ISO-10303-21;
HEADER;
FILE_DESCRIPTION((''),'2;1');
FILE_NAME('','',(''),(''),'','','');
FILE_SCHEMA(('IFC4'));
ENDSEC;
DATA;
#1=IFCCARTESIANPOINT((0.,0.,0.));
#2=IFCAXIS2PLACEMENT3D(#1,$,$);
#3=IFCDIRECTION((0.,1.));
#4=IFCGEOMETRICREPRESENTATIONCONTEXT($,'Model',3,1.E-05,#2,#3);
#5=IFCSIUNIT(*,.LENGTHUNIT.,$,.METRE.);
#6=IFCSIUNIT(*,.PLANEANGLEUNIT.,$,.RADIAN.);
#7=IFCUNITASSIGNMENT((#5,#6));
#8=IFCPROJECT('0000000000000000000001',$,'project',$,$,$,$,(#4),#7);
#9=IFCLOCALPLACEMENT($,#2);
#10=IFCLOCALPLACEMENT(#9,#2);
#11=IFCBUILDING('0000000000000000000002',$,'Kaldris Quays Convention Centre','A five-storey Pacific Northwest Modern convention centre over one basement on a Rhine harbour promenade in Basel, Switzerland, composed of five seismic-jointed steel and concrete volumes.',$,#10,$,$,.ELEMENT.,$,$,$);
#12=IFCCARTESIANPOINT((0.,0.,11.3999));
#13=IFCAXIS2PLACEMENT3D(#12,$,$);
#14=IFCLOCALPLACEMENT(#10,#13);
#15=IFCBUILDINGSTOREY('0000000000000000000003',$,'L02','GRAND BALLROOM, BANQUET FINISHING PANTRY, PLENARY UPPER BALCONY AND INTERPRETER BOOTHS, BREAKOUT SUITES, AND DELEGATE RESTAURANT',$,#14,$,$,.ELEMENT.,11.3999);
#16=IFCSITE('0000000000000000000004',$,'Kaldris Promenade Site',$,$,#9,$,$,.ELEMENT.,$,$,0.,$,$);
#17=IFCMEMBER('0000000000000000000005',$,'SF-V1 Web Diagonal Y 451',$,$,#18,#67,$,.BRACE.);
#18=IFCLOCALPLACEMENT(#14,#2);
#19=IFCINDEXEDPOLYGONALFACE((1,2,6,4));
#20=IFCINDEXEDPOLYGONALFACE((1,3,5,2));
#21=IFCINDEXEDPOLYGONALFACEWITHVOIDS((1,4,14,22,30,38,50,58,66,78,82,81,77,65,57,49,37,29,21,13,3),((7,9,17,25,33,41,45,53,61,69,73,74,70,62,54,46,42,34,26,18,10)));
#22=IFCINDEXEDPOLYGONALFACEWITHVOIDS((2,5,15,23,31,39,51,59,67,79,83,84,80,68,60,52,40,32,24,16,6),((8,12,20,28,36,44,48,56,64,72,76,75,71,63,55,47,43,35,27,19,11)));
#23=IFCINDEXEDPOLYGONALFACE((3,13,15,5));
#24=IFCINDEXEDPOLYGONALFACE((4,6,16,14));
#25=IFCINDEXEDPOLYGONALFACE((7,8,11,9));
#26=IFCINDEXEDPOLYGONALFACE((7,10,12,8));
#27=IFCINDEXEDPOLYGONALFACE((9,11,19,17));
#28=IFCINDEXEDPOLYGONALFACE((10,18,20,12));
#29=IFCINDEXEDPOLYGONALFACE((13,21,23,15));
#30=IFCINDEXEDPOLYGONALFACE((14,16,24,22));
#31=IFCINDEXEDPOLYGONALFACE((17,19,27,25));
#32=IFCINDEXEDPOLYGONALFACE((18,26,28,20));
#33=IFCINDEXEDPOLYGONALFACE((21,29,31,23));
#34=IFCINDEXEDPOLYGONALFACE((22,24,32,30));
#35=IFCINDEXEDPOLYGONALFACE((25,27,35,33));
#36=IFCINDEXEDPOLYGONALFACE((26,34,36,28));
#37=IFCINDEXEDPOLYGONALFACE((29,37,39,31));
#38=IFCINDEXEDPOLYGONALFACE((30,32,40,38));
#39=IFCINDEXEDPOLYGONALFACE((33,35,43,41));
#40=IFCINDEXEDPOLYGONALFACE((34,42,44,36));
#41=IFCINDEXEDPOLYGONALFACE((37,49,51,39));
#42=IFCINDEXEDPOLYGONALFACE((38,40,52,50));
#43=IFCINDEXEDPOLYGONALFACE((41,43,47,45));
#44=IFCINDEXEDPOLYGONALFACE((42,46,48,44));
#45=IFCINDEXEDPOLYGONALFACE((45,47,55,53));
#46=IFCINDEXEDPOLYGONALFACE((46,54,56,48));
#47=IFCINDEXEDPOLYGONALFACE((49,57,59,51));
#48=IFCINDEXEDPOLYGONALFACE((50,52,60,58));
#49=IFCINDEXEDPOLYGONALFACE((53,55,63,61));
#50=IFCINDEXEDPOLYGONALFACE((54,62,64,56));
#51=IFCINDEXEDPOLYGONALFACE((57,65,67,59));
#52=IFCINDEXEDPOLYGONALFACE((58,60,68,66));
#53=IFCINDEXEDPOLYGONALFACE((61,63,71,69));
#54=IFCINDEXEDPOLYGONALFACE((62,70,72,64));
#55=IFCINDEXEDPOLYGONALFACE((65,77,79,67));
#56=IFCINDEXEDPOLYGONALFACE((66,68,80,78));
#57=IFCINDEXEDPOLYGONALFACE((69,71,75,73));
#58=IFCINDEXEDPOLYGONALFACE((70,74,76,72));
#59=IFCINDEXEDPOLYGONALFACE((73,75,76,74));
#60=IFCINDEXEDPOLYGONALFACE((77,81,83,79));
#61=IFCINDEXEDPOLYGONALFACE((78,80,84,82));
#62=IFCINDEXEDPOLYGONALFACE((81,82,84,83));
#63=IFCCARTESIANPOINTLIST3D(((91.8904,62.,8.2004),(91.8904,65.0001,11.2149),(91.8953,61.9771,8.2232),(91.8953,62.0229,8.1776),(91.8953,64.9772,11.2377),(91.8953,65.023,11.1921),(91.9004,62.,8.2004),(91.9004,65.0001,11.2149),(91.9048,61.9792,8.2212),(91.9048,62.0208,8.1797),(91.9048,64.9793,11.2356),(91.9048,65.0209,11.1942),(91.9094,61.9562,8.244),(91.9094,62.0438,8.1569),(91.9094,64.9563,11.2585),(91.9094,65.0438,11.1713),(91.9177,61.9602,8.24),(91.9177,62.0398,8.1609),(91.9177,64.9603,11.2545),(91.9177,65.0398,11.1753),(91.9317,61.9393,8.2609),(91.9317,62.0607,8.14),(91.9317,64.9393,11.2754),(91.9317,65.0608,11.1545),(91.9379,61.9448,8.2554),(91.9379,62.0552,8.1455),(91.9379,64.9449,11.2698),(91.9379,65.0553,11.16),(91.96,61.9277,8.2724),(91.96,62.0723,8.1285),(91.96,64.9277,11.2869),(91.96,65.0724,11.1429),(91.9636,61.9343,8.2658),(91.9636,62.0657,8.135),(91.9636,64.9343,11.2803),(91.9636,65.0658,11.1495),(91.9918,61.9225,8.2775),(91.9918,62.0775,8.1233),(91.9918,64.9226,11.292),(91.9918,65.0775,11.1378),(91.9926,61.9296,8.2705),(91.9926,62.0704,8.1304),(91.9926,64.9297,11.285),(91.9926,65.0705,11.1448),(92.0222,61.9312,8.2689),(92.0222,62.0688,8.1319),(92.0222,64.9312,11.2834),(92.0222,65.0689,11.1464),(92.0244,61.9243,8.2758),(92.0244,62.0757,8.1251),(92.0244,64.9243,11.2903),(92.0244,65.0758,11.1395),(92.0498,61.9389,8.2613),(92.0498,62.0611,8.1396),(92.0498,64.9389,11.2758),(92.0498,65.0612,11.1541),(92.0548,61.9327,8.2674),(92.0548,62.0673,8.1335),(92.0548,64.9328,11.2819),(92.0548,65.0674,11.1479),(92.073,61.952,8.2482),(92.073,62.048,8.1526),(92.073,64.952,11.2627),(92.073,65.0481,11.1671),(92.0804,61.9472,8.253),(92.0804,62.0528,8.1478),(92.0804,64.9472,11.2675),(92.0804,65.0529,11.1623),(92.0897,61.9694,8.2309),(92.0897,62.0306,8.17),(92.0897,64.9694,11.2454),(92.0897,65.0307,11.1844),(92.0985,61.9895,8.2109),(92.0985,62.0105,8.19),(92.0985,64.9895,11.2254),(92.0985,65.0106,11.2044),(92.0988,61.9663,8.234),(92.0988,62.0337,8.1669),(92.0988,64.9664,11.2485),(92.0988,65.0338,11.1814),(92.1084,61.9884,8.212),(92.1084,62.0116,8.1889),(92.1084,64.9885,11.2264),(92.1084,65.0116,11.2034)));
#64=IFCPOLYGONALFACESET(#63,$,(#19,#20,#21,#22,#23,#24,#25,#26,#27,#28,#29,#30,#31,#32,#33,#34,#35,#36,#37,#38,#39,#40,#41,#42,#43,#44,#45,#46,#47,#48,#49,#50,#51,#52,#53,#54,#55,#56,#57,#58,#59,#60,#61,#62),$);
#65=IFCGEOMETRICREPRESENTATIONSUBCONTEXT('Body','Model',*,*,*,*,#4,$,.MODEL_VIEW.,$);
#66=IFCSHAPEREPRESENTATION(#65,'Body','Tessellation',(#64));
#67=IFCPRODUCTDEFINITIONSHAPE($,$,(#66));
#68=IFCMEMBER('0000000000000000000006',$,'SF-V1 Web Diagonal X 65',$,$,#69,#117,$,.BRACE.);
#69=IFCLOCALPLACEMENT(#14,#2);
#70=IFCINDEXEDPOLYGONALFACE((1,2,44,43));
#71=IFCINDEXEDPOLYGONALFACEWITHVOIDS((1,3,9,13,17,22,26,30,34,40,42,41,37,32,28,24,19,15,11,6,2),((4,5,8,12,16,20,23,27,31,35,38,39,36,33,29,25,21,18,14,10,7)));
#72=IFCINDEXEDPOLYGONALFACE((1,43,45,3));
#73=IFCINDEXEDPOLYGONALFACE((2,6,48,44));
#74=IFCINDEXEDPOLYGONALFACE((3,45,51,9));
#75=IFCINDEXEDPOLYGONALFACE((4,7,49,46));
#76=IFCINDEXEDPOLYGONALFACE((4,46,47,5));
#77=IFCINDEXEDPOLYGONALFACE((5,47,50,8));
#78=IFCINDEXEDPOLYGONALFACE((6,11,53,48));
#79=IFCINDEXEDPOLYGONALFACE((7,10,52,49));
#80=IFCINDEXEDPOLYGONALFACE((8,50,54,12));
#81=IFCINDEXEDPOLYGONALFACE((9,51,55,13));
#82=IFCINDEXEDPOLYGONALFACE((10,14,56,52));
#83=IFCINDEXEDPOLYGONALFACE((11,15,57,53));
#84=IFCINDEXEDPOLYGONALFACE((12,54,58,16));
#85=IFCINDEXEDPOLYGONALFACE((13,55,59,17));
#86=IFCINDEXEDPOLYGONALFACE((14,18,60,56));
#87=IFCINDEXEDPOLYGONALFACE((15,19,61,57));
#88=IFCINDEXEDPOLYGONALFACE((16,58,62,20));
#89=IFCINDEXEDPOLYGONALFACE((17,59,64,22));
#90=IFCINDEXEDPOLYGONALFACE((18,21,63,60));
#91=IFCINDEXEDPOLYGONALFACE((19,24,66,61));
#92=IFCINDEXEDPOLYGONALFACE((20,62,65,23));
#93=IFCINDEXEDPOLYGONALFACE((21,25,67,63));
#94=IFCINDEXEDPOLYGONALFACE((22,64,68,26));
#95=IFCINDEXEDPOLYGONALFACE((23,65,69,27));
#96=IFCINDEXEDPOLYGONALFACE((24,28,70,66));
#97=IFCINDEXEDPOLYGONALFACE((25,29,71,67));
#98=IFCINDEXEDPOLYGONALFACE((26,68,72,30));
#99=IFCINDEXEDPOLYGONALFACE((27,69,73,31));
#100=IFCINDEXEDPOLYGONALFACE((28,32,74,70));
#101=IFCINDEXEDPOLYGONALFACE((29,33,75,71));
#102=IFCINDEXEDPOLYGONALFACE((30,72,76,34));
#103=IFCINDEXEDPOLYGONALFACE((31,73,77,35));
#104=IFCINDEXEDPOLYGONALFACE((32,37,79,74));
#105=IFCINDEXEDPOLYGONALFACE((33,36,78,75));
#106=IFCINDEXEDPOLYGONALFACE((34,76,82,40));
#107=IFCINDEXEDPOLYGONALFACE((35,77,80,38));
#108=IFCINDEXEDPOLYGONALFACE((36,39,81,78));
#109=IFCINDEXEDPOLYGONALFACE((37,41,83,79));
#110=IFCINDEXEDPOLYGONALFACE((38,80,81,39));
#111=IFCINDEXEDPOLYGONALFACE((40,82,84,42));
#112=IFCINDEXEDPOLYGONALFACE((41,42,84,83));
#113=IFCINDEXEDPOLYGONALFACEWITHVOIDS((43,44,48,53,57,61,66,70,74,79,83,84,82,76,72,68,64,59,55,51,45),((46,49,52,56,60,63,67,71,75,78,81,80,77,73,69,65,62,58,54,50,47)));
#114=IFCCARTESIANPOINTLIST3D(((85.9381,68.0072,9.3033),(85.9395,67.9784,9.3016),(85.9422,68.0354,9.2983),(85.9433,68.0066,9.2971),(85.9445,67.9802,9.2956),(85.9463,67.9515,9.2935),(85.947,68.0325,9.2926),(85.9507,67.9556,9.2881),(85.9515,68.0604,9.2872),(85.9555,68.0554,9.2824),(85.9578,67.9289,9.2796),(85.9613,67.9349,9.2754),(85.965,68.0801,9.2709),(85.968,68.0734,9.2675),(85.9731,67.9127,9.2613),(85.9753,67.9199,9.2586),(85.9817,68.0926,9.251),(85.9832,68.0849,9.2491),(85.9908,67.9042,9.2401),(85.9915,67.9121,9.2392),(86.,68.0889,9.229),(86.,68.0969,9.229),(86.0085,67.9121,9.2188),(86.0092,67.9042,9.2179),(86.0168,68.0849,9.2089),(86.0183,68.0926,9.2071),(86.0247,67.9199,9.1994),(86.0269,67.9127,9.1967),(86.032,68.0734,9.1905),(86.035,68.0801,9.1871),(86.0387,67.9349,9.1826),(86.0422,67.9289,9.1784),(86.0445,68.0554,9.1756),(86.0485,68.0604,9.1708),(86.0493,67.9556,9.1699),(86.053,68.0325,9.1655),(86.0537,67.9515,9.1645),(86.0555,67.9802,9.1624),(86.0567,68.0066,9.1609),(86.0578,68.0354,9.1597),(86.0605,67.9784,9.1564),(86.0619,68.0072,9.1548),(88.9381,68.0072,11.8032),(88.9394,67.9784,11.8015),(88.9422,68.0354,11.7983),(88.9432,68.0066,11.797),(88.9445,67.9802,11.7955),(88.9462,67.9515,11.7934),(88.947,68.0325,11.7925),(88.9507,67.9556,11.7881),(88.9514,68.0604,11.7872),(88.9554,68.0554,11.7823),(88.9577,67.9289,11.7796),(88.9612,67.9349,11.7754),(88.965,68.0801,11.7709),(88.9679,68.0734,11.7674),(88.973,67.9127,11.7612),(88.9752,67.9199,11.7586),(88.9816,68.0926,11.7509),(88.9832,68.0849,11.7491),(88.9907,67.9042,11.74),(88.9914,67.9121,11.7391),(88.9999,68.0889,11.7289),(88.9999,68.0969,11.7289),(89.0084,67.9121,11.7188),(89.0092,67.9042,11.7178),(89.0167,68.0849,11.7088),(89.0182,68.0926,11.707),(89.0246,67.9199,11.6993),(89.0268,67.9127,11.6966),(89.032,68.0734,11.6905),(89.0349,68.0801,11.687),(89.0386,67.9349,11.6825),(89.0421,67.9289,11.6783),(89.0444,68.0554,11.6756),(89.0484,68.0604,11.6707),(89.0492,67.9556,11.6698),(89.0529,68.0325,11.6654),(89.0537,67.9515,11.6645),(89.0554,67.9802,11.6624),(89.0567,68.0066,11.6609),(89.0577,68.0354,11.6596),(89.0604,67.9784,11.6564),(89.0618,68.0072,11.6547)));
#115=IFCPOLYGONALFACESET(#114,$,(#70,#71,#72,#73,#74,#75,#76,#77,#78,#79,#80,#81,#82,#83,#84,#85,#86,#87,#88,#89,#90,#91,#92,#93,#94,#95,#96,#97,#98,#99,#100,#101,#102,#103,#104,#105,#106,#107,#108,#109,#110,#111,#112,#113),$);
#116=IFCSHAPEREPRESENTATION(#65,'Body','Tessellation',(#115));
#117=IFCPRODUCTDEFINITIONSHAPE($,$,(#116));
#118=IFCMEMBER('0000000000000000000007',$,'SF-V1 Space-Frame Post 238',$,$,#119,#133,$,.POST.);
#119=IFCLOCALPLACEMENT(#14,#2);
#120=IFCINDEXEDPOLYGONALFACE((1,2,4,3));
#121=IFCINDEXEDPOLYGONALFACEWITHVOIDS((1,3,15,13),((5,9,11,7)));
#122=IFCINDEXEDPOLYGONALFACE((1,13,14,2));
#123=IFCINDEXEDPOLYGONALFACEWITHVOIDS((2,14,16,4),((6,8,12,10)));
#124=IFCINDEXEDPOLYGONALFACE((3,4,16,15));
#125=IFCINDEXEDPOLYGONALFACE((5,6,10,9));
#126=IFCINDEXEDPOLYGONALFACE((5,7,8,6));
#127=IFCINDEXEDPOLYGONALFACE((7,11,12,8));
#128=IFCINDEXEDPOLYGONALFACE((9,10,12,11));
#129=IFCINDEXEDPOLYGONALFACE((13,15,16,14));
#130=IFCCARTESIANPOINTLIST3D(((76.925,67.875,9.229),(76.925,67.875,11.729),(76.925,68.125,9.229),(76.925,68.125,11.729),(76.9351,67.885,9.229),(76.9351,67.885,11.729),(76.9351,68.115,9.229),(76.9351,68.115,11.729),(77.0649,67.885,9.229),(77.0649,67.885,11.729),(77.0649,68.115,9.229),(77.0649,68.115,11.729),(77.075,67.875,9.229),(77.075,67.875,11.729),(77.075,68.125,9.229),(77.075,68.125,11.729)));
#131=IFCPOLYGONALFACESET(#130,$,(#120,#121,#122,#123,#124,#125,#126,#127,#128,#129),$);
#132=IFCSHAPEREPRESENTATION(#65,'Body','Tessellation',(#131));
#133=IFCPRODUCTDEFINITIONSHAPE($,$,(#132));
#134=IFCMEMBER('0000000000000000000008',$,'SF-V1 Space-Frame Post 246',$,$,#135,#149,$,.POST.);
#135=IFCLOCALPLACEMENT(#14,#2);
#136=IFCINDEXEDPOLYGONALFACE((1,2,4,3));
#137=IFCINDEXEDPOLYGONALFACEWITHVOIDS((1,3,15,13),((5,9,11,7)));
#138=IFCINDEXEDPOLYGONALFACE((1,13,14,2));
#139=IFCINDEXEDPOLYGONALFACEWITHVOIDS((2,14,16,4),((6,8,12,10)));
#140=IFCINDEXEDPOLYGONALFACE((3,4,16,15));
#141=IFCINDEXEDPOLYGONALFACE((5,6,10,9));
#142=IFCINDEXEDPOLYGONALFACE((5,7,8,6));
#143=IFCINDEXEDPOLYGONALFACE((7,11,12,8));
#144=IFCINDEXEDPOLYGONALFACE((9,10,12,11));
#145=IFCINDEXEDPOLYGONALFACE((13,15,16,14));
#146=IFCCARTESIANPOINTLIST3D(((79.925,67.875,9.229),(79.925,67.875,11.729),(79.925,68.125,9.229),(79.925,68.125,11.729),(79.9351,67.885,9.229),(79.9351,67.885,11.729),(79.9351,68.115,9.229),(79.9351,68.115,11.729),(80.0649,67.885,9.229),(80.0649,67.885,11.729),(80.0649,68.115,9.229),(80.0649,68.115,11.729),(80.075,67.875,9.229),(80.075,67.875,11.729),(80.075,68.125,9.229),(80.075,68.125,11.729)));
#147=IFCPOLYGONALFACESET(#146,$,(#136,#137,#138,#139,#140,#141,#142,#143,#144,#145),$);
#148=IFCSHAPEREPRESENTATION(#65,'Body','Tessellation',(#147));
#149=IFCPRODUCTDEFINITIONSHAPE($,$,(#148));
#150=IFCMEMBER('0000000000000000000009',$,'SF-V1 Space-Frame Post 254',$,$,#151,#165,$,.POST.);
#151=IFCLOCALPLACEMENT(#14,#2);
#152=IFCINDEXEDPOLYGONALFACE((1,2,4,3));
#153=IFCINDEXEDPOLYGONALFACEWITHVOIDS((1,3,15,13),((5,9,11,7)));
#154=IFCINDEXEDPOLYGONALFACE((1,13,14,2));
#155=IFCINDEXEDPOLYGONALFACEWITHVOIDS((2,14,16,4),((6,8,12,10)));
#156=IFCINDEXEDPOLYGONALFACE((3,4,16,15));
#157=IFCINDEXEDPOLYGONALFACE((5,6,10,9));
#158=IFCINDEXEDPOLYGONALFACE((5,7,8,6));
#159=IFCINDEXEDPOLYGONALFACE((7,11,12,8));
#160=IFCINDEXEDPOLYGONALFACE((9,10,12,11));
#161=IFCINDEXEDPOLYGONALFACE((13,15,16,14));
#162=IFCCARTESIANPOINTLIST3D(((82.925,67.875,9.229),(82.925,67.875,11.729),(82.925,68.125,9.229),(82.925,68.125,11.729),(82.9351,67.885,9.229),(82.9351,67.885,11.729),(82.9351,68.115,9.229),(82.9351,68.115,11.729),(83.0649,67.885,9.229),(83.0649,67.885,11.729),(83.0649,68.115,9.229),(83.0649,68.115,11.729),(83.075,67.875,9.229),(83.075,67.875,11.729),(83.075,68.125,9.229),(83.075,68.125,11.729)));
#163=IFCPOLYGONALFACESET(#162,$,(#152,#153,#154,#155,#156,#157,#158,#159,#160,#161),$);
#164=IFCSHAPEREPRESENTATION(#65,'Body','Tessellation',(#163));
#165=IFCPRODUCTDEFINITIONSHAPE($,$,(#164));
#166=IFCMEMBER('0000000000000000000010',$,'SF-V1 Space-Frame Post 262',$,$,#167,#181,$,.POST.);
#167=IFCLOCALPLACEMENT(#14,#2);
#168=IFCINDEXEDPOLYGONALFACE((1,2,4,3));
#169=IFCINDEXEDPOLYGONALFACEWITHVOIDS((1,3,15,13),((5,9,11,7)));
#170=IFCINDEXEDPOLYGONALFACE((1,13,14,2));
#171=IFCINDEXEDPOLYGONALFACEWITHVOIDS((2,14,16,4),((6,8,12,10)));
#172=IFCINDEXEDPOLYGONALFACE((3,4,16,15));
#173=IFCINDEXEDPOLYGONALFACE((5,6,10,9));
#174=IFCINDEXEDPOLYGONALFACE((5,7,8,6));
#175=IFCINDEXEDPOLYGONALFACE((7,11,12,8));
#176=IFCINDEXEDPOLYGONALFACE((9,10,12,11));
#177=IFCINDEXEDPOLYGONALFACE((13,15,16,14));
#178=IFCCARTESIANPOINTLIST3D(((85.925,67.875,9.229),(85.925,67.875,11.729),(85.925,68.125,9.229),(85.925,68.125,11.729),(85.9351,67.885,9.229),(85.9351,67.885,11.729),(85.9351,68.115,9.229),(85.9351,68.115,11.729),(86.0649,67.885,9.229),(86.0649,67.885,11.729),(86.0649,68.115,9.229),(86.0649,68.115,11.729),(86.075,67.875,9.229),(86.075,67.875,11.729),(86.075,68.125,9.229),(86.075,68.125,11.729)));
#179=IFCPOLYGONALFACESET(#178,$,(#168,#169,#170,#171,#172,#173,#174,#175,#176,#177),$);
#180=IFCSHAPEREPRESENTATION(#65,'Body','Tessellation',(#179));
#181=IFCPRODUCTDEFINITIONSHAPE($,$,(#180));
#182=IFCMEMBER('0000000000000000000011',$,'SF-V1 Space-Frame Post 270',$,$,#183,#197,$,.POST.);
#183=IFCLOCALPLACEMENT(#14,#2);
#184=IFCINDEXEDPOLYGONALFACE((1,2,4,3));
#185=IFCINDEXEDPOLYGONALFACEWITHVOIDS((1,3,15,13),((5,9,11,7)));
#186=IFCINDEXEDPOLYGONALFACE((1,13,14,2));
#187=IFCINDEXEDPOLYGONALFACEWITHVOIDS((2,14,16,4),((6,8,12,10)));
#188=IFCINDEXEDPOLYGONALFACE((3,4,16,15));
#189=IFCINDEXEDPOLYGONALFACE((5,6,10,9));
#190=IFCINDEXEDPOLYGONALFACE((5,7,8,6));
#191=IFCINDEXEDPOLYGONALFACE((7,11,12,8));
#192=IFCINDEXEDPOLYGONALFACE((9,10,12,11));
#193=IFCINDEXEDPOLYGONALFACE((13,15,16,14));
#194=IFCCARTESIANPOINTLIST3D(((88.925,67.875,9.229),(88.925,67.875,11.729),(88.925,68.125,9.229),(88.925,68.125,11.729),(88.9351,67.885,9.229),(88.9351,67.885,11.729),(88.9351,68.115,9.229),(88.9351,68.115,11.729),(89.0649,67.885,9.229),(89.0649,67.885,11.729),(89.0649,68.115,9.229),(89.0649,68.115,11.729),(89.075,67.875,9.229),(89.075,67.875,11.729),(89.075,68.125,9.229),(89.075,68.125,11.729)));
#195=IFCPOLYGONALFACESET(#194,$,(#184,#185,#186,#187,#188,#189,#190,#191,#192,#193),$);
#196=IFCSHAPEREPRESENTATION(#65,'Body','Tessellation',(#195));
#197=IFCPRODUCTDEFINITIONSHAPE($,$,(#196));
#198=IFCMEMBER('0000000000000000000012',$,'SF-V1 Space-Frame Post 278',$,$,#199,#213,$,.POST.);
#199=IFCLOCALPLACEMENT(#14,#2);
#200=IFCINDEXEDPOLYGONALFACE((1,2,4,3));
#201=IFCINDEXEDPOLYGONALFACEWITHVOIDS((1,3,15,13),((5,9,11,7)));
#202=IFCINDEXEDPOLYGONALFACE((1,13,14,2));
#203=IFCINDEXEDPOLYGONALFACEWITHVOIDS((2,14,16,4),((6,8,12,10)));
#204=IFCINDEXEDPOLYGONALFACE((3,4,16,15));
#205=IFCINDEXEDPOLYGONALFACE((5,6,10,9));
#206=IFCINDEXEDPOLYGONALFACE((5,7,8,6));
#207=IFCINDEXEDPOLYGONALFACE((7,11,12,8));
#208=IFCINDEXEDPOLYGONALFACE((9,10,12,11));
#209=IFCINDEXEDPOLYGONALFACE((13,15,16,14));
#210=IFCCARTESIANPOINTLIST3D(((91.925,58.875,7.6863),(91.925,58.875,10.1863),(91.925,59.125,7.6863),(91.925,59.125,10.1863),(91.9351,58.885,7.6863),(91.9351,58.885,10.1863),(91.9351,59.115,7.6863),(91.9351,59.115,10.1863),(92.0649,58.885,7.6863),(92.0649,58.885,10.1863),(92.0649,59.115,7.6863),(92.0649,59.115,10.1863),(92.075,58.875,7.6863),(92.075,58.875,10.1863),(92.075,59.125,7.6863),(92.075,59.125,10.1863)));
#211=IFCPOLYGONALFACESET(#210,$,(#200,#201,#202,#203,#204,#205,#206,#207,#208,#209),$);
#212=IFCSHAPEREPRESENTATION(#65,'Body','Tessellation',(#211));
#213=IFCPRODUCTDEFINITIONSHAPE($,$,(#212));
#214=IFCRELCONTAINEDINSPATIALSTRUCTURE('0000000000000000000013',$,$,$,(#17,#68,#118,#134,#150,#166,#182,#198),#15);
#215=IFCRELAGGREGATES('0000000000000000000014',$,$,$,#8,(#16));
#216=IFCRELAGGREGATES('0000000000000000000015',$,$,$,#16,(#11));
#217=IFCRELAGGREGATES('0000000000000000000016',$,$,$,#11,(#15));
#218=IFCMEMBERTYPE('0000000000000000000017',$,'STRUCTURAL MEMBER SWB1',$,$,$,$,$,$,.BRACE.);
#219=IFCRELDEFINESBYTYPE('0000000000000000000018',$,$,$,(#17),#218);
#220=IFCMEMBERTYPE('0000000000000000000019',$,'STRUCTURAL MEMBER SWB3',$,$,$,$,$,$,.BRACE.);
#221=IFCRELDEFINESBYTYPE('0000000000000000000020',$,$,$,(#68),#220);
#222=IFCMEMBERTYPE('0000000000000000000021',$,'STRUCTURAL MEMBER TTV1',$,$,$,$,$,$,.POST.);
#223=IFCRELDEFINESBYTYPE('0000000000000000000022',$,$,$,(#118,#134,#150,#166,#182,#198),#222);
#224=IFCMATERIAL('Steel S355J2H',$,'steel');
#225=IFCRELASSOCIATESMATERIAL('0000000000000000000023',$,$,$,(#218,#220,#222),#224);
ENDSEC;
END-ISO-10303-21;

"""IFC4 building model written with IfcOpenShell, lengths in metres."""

from ifc_helpers import new_model, si_unit, direction, frame, origin, origin_2d, place, context, subcontext, project, spatial, hollow_rectangle, hollow_circle, extrude, material, material_profile, profile_set, type_object, element, save


model = new_model("IFC4")

# Units and contexts
model_context = context("Model", 3, precision=1e-05, world=origin(), true_north=direction((0.0, 1.0)))
body_context = subcontext(model_context, "Body", "Model", "MODEL_VIEW")
ifc_project = project(units=[si_unit("LENGTHUNIT", "METRE"), si_unit("PLANEANGLEUNIT", "RADIAN")], contexts=[model_context])

# Site, building, storey
site_placement = place(None, origin())
site = spatial("IfcSite", under=ifc_project, at=site_placement, Name="Kaldris Promenade Site", CompositionType="ELEMENT", RefElevation=0.0)
building_placement = place(site_placement, origin())
building = spatial("IfcBuilding", under=site, at=building_placement, Name="Kaldris Quays Convention Centre", Description="A five-storey Pacific Northwest Modern convention centre over one basement on a Rhine harbour promenade in Basel, Switzerland, composed of five seismic-jointed steel and concrete volumes.", CompositionType="ELEMENT")
storey_placement = place(building_placement, frame((0.0, 0.0, 11.3999)))
storey = spatial("IfcBuildingStorey", under=building, at=storey_placement, Name="L02", Description="GRAND BALLROOM, BANQUET FINISHING PANTRY, PLENARY UPPER BALCONY AND INTERPRETER BOOTHS, BREAKOUT SUITES, AND DELEGATE RESTAURANT", CompositionType="ELEMENT", Elevation=11.3999)

# Members
ifc_material_1 = material(Name="Steel S355J2H", Category="steel")
ifc_material_profile_1 = material_profile(ifc_material_1, hollow_circle(Radius=0.1096, WallThickness=0.01, at=origin_2d()), Name="CHS 219.1x10")
ifc_profile_set_1 = profile_set([ifc_material_profile_1], Name="Steel S355J2H")
member_type_1 = type_object("IfcMemberType", Name="STRUCTURAL MEMBER SWB1", PredefinedType="BRACE", material=ifc_profile_set_1)
member_1_placement = place(storey_placement, frame((92.0, 62.0, 8.2004), z_axis=(0.0, 0.705411, 0.708798), x_axis=(-1.0, 0.0, 0.0)))
element("IfcMember", 1, at=member_1_placement, inside=storey, type_object=member_type_1, Name="SF-V1 Web Diagonal Y 451", PredefinedType="BRACE", context=body_context, shape_type="SweptSolid", body=[
    extrude(hollow_circle(Radius=0.1096, WallThickness=0.01, at=origin_2d()), origin(), (0.0, 0.0, 1.0), 4.2529),
])
ifc_material_profile_2 = material_profile(ifc_material_1, hollow_circle(Radius=0.0969, WallThickness=0.0081, at=origin_2d()), Name="CHS 193.7x8")
ifc_profile_set_2 = profile_set([ifc_material_profile_2], Name="Steel S355J2H")
member_type_2 = type_object("IfcMemberType", Name="STRUCTURAL MEMBER SWB3", PredefinedType="BRACE", material=ifc_profile_set_2)
member_2_placement = place(storey_placement, frame((86.0, 68.0, 9.229), z_axis=(0.768221, 0.0, 0.640184), x_axis=(0.0, 1.0, 0.0)))
element("IfcMember", 2, at=member_2_placement, inside=storey, type_object=member_type_2, Name="SF-V1 Web Diagonal X 65", PredefinedType="BRACE", context=body_context, shape_type="SweptSolid", body=[
    extrude(hollow_circle(Radius=0.0969, WallThickness=0.0081, at=origin_2d()), origin(), (0.0, 0.0, 1.0), 3.905),
])
ifc_material_profile_3 = material_profile(ifc_material_1, hollow_rectangle(XDim=0.1499, YDim=0.25, WallThickness=0.01, at=origin_2d()), Name="RHS 250x150x10")
ifc_profile_set_3 = profile_set([ifc_material_profile_3], Name="Steel S355J2H")
member_type_3 = type_object("IfcMemberType", Name="STRUCTURAL MEMBER TTV1", PredefinedType="POST", material=ifc_profile_set_3)
for number, where, z_axis, x_axis, name in (
    (3, (77.0, 68.0, 9.229), (0.0, 0.0, 1.0), (1.0, 0.0, 0.0), "SF-V1 Space-Frame Post 238"),
    (4, (80.0, 68.0, 9.229), (0.0, 0.0, 1.0), (1.0, 0.0, 0.0), "SF-V1 Space-Frame Post 246"),
    (5, (83.0, 68.0, 9.229), (0.0, 0.0, 1.0), (1.0, 0.0, 0.0), "SF-V1 Space-Frame Post 254"),
    (6, (86.0, 68.0, 9.229), (0.0, 0.0, 1.0), (1.0, 0.0, 0.0), "SF-V1 Space-Frame Post 262"),
    (7, (89.0, 68.0, 9.229), (0.0, 0.0, 1.0), (1.0, 0.0, 0.0), "SF-V1 Space-Frame Post 270"),
    (8, (92.0, 59.0, 7.6863), (0.0, 0.0, 1.0), (1.0, 0.0, 0.0), "SF-V1 Space-Frame Post 278"),
):
    element("IfcMember", number, at=place(storey_placement, frame(where, z_axis=z_axis, x_axis=x_axis)), inside=storey, type_object=member_type_3, Name=name, PredefinedType="POST", context=body_context, shape_type="SweptSolid", body=[
        extrude(hollow_rectangle(XDim=0.1499, YDim=0.25, WallThickness=0.01, at=origin_2d()), origin(), (0.0, 0.0, 1.0), 2.5),
    ])

save(model, "model.ifc")
